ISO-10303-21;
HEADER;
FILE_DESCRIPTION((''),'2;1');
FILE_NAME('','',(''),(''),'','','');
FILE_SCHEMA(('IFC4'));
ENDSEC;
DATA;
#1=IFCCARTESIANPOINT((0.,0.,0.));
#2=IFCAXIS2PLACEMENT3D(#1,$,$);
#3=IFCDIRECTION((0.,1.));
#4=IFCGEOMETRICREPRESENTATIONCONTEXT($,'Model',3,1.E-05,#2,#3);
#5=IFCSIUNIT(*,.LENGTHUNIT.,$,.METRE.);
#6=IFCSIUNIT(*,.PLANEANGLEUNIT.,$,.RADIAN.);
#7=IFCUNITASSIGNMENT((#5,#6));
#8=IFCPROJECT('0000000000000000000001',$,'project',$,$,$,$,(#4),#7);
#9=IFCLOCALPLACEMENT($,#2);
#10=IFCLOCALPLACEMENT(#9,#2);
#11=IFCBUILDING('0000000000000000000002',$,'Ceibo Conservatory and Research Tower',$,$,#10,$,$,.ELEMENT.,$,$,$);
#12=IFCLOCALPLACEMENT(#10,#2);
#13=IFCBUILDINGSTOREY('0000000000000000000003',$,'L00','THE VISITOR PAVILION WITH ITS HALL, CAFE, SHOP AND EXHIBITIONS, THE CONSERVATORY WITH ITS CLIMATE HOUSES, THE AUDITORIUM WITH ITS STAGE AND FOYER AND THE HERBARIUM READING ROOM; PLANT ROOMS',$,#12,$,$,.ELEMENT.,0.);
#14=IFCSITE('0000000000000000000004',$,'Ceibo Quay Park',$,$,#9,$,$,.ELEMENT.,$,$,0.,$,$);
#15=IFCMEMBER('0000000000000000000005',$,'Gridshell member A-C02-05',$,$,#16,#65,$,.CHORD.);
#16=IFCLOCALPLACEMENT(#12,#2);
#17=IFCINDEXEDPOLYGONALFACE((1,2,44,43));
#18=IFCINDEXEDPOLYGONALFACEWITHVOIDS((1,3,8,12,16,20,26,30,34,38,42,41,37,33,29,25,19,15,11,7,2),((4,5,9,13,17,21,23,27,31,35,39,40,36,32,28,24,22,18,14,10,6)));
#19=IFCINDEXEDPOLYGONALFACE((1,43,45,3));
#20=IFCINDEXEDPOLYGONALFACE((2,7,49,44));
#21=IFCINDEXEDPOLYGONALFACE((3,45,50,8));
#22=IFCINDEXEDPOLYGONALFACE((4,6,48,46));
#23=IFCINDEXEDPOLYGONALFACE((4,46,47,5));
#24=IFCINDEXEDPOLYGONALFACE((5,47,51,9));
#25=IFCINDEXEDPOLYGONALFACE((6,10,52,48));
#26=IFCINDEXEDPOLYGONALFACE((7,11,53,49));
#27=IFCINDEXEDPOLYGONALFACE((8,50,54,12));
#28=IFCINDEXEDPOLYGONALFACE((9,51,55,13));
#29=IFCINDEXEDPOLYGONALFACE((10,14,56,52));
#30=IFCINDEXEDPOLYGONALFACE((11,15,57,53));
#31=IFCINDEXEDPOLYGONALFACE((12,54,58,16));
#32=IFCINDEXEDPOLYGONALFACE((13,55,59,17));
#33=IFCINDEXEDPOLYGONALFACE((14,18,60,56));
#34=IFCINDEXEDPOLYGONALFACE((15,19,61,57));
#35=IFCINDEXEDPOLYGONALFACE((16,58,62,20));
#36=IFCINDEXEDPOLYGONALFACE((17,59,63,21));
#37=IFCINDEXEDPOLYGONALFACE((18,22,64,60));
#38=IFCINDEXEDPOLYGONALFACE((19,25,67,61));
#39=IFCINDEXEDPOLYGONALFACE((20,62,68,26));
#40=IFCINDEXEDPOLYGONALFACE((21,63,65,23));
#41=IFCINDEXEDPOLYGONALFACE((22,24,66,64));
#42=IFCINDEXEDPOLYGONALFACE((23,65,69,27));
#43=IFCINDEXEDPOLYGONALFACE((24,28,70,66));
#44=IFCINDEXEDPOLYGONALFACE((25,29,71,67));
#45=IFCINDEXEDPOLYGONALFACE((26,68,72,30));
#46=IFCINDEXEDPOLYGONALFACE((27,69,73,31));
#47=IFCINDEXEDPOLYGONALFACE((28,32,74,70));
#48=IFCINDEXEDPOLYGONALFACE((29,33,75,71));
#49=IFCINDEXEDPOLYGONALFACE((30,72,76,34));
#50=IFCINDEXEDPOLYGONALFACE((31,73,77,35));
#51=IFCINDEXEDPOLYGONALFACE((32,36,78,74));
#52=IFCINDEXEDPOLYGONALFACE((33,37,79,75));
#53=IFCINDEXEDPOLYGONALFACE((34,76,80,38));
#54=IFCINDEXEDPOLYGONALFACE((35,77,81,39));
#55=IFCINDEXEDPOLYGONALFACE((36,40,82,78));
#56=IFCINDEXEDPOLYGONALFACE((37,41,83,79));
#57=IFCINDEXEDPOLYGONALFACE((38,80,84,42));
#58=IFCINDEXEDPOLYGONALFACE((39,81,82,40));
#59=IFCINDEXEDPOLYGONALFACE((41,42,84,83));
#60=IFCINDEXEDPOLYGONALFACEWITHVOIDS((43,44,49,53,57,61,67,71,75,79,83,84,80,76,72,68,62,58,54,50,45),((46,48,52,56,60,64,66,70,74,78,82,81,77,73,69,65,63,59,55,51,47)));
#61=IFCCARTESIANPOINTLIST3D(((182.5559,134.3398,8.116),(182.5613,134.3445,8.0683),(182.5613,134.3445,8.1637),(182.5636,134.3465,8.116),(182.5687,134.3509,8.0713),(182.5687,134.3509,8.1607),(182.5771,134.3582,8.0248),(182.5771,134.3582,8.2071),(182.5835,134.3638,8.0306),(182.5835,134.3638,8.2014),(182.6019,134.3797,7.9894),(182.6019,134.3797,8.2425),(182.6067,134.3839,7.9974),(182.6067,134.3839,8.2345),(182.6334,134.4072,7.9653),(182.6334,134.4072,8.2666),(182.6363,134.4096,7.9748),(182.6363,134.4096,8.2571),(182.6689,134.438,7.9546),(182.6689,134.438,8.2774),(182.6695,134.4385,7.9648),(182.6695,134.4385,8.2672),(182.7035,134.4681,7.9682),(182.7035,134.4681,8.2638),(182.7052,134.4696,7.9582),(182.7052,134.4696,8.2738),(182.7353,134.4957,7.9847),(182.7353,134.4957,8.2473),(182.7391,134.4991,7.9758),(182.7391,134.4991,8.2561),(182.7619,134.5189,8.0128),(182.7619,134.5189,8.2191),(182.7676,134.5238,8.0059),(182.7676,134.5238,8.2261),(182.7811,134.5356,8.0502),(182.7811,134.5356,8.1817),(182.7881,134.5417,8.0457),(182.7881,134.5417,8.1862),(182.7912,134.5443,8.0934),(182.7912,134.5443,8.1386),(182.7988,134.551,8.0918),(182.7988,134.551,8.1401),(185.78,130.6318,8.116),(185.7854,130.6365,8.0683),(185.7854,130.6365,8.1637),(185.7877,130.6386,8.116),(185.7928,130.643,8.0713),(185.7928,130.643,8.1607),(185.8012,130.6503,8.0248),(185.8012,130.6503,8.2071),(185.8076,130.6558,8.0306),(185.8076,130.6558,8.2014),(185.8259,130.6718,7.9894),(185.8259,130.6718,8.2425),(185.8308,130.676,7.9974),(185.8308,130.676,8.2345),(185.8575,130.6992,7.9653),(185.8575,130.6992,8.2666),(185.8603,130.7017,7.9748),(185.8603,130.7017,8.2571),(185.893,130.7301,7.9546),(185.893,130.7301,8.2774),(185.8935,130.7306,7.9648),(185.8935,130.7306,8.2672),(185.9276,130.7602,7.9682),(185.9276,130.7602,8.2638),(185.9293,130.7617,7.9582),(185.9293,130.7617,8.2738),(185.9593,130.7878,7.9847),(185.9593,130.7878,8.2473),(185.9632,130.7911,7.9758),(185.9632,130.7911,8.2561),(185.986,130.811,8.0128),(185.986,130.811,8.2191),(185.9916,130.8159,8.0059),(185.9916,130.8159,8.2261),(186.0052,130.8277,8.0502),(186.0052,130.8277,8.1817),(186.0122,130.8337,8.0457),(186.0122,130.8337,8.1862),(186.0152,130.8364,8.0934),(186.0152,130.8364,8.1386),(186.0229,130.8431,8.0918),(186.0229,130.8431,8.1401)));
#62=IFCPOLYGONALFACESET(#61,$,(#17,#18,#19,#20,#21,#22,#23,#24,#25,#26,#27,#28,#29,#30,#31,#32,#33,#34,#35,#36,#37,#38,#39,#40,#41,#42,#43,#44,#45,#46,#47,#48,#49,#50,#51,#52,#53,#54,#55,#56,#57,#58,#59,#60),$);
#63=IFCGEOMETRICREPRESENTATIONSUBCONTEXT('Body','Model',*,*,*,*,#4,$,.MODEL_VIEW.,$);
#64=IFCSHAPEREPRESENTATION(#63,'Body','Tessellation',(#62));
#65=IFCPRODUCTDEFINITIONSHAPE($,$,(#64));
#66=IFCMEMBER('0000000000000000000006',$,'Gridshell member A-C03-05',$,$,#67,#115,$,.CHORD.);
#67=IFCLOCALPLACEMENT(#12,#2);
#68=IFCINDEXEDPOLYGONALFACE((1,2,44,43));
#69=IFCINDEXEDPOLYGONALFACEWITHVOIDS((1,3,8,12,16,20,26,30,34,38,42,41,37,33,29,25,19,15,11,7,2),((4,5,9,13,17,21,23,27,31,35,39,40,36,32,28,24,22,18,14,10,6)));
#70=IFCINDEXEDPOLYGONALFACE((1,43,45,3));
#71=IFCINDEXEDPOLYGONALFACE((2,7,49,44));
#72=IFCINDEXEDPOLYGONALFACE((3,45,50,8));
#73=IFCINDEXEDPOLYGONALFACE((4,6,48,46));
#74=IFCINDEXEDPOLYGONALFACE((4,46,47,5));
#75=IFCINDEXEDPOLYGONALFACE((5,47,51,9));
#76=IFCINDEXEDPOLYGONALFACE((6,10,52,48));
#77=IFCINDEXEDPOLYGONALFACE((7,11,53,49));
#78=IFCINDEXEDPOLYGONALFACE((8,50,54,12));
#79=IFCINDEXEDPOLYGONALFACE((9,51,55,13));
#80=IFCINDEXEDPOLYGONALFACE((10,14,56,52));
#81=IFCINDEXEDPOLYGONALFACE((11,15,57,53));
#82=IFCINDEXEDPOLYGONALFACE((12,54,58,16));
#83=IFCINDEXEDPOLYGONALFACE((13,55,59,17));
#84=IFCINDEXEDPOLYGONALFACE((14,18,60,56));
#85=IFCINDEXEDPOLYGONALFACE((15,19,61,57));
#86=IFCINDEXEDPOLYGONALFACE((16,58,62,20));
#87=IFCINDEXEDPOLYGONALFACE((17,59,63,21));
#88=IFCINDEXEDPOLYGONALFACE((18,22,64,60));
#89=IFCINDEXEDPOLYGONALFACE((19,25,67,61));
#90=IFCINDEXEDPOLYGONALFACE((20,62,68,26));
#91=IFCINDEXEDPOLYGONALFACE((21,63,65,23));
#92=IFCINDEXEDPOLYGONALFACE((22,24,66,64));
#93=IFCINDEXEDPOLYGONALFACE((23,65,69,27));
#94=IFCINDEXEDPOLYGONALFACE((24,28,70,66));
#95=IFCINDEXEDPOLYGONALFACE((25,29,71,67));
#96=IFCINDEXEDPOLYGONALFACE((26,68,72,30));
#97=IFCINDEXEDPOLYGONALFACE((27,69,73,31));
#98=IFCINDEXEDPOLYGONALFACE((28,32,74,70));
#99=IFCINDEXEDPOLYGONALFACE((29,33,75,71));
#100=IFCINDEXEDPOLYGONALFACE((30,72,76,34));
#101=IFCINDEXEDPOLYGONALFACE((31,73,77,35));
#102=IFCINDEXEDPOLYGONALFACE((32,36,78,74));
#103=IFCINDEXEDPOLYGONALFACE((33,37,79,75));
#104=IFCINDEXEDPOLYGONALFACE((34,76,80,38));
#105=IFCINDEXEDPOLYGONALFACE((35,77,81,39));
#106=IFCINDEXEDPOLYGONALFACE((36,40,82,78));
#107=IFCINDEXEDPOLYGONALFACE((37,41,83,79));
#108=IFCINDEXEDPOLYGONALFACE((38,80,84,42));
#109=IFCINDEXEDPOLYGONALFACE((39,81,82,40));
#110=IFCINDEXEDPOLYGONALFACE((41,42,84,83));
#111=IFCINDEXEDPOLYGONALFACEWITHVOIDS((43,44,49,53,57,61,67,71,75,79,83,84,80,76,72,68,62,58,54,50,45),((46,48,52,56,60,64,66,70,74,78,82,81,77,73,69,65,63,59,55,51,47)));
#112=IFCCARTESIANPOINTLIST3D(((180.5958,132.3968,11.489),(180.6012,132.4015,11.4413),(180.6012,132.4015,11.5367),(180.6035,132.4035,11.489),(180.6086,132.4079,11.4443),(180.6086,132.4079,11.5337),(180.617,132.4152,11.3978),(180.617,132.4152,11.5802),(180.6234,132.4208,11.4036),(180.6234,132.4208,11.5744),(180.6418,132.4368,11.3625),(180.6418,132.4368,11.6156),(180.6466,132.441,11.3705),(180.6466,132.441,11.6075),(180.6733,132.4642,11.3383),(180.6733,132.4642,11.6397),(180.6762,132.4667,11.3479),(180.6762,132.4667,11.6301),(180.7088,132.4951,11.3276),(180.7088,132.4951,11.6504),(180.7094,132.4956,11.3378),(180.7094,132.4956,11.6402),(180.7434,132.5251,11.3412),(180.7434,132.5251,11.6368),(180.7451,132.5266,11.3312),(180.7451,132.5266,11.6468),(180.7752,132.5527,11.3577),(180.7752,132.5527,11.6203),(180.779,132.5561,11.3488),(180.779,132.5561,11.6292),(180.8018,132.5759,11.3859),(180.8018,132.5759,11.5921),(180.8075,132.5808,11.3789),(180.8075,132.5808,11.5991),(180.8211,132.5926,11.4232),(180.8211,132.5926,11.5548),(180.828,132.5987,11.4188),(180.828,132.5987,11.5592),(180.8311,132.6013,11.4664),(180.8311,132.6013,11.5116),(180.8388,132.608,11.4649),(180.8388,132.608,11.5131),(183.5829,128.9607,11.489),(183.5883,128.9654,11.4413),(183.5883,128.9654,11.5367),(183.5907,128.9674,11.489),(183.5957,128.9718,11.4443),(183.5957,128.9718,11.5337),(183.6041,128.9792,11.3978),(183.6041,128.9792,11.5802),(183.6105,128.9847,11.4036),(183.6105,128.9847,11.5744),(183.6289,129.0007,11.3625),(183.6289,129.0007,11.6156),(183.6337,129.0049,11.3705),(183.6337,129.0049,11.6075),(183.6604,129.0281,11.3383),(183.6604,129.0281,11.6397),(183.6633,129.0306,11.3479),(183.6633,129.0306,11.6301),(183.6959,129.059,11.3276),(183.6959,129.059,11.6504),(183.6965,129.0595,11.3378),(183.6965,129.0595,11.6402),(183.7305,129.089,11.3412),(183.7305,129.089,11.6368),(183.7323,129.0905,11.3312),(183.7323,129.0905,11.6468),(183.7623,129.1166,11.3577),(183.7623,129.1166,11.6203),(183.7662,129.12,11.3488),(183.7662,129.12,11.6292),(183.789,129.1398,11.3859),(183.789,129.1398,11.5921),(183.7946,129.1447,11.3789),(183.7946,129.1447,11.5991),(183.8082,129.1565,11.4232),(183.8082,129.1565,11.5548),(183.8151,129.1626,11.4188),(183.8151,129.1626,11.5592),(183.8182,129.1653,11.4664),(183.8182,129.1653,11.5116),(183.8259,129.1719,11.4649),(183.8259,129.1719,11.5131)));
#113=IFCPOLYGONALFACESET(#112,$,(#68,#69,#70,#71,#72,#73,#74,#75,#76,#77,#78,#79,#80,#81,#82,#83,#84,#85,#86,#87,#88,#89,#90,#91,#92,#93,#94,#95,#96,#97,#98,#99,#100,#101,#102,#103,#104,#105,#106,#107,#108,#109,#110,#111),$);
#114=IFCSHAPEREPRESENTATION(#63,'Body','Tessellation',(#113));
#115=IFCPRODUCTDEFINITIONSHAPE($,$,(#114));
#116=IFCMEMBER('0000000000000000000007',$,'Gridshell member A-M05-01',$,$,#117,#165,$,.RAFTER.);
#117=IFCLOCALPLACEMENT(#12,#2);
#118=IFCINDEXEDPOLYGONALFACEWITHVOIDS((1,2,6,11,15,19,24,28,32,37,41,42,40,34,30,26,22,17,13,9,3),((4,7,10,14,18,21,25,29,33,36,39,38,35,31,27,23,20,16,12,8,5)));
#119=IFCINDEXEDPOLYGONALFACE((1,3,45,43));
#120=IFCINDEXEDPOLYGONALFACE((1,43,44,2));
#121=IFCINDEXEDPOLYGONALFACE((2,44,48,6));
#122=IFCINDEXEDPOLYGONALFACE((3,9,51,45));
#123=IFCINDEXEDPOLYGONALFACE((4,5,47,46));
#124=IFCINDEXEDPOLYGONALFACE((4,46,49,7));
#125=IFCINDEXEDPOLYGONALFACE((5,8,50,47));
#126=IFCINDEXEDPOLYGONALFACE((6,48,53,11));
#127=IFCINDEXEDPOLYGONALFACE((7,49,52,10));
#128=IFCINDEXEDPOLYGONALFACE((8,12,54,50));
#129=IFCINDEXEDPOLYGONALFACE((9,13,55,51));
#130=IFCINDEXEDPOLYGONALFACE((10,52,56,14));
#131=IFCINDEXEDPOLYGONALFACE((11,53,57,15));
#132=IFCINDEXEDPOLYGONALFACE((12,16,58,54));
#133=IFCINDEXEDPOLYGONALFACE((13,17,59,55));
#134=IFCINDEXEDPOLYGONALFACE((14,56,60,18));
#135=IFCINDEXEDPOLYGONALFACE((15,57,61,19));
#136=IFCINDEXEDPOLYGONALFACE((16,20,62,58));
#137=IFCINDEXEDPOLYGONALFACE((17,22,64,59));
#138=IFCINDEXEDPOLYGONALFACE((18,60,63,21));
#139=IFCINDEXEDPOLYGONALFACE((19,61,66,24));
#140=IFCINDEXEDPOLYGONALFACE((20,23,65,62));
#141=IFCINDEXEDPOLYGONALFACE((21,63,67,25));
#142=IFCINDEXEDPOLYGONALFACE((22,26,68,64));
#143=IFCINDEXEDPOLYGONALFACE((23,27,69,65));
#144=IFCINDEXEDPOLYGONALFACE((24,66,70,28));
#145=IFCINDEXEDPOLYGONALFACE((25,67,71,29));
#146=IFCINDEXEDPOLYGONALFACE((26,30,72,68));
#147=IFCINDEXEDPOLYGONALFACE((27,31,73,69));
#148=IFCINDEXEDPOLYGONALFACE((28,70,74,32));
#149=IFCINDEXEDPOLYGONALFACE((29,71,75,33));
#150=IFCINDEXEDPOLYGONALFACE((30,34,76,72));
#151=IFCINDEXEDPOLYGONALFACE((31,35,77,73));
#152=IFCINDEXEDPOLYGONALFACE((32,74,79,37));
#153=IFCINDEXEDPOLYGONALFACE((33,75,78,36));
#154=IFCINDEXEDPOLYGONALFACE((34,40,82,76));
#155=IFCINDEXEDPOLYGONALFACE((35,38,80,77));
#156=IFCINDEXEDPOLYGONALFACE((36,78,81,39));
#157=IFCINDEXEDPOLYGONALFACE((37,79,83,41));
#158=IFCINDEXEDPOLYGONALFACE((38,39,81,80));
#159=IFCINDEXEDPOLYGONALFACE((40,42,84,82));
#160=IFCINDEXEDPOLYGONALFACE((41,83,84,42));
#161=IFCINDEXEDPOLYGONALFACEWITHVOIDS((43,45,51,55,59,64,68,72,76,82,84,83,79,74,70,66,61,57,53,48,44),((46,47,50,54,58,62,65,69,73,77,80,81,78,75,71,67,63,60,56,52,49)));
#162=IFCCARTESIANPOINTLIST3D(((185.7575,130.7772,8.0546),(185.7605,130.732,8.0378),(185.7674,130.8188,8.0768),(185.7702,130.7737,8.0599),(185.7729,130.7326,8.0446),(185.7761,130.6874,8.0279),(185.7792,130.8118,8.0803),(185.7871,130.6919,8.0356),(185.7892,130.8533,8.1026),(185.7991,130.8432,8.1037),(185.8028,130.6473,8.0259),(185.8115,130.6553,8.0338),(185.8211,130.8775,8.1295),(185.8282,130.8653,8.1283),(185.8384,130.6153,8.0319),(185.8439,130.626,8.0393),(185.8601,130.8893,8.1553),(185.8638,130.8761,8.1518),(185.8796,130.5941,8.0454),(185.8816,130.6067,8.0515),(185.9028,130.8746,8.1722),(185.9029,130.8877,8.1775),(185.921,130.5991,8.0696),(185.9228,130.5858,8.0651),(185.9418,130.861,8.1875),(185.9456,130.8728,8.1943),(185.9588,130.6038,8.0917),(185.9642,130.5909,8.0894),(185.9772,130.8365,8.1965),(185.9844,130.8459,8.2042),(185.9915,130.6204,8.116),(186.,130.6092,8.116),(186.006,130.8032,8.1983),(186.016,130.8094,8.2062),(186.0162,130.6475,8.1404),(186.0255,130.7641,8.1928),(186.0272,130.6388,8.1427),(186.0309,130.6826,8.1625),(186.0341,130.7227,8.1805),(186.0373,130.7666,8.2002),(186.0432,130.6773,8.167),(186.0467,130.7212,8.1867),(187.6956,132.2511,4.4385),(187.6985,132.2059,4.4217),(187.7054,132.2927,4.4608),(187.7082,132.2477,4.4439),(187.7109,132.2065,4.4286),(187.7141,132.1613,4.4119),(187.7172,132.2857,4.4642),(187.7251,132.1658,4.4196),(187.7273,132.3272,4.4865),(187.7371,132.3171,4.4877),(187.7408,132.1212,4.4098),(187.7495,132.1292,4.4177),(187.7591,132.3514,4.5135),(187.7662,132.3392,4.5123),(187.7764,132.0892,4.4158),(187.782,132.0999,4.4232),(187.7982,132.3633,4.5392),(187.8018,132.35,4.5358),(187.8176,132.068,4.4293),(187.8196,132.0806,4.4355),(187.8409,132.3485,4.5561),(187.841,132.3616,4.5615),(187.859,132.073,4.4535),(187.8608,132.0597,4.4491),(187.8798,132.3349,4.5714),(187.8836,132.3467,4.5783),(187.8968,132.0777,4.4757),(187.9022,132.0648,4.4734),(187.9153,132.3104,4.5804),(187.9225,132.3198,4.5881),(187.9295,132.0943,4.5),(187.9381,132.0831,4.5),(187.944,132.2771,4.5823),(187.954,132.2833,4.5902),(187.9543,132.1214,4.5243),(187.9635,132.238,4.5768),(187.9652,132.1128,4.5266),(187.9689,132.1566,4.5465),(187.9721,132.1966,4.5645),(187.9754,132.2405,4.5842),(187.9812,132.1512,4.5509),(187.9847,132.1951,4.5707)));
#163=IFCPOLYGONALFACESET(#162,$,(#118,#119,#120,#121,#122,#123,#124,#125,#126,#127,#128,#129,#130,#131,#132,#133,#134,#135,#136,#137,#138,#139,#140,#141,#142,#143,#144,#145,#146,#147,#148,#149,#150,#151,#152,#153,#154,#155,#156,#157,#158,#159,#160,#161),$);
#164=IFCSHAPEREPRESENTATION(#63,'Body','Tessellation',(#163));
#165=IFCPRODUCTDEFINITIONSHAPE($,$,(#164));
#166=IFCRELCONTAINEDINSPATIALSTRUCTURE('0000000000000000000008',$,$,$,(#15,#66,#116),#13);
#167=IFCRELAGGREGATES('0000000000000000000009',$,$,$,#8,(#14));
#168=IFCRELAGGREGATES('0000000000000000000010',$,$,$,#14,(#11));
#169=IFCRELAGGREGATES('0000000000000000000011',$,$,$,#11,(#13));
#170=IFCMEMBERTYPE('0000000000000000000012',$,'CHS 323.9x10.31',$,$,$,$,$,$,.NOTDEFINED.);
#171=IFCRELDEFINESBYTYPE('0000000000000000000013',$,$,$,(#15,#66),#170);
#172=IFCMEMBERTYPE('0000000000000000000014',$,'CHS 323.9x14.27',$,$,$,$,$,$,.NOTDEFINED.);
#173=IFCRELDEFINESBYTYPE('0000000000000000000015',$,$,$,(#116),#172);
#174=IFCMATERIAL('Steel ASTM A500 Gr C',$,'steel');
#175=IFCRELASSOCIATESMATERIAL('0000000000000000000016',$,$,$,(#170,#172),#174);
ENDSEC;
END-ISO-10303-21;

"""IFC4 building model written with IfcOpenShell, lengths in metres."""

from ifc_helpers import new_model, si_unit, direction, frame, origin, origin_2d, place, context, subcontext, project, spatial, hollow_circle, extrude, material, material_profile, profile_set, type_object, element, save


model = new_model("IFC4")

# Units and contexts
model_context = context("Model", 3, precision=1e-05, world=origin(), true_north=direction((0.0, 1.0)))
body_context = subcontext(model_context, "Body", "Model", "MODEL_VIEW")
ifc_project = project(units=[si_unit("LENGTHUNIT", "METRE"), si_unit("PLANEANGLEUNIT", "RADIAN")], contexts=[model_context])

# Site, building, storey
site_placement = place(None, origin())
site = spatial("IfcSite", under=ifc_project, at=site_placement, Name="Ceibo Quay Park", CompositionType="ELEMENT", RefElevation=0.0)
building_placement = place(site_placement, origin())
building = spatial("IfcBuilding", under=site, at=building_placement, Name="Ceibo Conservatory and Research Tower", CompositionType="ELEMENT")
storey_placement = place(building_placement, origin())
storey = spatial("IfcBuildingStorey", under=building, at=storey_placement, Name="L00", Description="THE VISITOR PAVILION WITH ITS HALL, CAFE, SHOP AND EXHIBITIONS, THE CONSERVATORY WITH ITS CLIMATE HOUSES, THE AUDITORIUM WITH ITS STAGE AND FOYER AND THE HERBARIUM READING ROOM; PLANT ROOMS", CompositionType="ELEMENT", Elevation=0.0)

# Shared definitions
ifc_material_1 = material(Name="Steel ASTM A500 Gr C", Category="steel")

# Members
ifc_material_profile_1 = material_profile(ifc_material_1, hollow_circle(Radius=0.1619, WallThickness=0.0103, at=origin_2d()), Name="CHS 323.9x10.31")
ifc_profile_set_1 = profile_set([ifc_material_profile_1], Name="Steel ASTM A500 Gr C")
member_type_1 = type_object("IfcMemberType", Name="CHS 323.9x10.31", PredefinedType="NOTDEFINED", material=ifc_profile_set_1)
member_1_placement = place(storey_placement, frame((185.9021, 130.738, 8.116), z_axis=(-0.656152, 0.754629, 0.0), x_axis=(-0.754629, -0.656152, 0.0)))
element("IfcMember", 1, at=member_1_placement, inside=storey, type_object=member_type_1, Name="Gridshell member A-C02-05", PredefinedType="CHORD", context=body_context, shape_type="SweptSolid", body=[
    extrude(hollow_circle(Radius=0.1619, WallThickness=0.0103, at=origin_2d()), origin(), (0.0, 0.0, 1.0), 4.9136),
])
member_2_placement = place(storey_placement, frame((183.7051, 129.0669, 11.489), z_axis=(-0.656079, 0.754692, 0.0), x_axis=(-0.754692, -0.656079, 0.0)))
element("IfcMember", 2, at=member_2_placement, inside=storey, type_object=member_type_1, Name="Gridshell member A-C03-05", PredefinedType="CHORD", context=body_context, shape_type="SweptSolid", body=[
    extrude(hollow_circle(Radius=0.1619, WallThickness=0.0103, at=origin_2d()), origin(), (0.0, 0.0, 1.0), 4.553),
])
ifc_material_profile_2 = material_profile(ifc_material_1, hollow_circle(Radius=0.1619, WallThickness=0.0142, at=origin_2d()), Name="CHS 323.9x14.27")
ifc_profile_set_2 = profile_set([ifc_material_profile_2], Name="Steel ASTM A500 Gr C")
member_type_2 = type_object("IfcMemberType", Name="CHS 323.9x14.27", PredefinedType="NOTDEFINED", material=ifc_profile_set_2)
member_3_placement = place(storey_placement, frame((187.8401, 132.2119, 4.5), z_axis=(-0.444566, -0.338101, 0.829487), x_axis=(0.605345, -0.795963, 0.0)))
element("IfcMember", 3, at=member_3_placement, inside=storey, type_object=member_type_2, Name="Gridshell member A-M05-01", PredefinedType="RAFTER", context=body_context, shape_type="SweptSolid", body=[
    extrude(hollow_circle(Radius=0.1619, WallThickness=0.0142, at=origin_2d()), origin(), (0.0, 0.0, 1.0), 4.3594),
])

save(model, "model.ifc")
